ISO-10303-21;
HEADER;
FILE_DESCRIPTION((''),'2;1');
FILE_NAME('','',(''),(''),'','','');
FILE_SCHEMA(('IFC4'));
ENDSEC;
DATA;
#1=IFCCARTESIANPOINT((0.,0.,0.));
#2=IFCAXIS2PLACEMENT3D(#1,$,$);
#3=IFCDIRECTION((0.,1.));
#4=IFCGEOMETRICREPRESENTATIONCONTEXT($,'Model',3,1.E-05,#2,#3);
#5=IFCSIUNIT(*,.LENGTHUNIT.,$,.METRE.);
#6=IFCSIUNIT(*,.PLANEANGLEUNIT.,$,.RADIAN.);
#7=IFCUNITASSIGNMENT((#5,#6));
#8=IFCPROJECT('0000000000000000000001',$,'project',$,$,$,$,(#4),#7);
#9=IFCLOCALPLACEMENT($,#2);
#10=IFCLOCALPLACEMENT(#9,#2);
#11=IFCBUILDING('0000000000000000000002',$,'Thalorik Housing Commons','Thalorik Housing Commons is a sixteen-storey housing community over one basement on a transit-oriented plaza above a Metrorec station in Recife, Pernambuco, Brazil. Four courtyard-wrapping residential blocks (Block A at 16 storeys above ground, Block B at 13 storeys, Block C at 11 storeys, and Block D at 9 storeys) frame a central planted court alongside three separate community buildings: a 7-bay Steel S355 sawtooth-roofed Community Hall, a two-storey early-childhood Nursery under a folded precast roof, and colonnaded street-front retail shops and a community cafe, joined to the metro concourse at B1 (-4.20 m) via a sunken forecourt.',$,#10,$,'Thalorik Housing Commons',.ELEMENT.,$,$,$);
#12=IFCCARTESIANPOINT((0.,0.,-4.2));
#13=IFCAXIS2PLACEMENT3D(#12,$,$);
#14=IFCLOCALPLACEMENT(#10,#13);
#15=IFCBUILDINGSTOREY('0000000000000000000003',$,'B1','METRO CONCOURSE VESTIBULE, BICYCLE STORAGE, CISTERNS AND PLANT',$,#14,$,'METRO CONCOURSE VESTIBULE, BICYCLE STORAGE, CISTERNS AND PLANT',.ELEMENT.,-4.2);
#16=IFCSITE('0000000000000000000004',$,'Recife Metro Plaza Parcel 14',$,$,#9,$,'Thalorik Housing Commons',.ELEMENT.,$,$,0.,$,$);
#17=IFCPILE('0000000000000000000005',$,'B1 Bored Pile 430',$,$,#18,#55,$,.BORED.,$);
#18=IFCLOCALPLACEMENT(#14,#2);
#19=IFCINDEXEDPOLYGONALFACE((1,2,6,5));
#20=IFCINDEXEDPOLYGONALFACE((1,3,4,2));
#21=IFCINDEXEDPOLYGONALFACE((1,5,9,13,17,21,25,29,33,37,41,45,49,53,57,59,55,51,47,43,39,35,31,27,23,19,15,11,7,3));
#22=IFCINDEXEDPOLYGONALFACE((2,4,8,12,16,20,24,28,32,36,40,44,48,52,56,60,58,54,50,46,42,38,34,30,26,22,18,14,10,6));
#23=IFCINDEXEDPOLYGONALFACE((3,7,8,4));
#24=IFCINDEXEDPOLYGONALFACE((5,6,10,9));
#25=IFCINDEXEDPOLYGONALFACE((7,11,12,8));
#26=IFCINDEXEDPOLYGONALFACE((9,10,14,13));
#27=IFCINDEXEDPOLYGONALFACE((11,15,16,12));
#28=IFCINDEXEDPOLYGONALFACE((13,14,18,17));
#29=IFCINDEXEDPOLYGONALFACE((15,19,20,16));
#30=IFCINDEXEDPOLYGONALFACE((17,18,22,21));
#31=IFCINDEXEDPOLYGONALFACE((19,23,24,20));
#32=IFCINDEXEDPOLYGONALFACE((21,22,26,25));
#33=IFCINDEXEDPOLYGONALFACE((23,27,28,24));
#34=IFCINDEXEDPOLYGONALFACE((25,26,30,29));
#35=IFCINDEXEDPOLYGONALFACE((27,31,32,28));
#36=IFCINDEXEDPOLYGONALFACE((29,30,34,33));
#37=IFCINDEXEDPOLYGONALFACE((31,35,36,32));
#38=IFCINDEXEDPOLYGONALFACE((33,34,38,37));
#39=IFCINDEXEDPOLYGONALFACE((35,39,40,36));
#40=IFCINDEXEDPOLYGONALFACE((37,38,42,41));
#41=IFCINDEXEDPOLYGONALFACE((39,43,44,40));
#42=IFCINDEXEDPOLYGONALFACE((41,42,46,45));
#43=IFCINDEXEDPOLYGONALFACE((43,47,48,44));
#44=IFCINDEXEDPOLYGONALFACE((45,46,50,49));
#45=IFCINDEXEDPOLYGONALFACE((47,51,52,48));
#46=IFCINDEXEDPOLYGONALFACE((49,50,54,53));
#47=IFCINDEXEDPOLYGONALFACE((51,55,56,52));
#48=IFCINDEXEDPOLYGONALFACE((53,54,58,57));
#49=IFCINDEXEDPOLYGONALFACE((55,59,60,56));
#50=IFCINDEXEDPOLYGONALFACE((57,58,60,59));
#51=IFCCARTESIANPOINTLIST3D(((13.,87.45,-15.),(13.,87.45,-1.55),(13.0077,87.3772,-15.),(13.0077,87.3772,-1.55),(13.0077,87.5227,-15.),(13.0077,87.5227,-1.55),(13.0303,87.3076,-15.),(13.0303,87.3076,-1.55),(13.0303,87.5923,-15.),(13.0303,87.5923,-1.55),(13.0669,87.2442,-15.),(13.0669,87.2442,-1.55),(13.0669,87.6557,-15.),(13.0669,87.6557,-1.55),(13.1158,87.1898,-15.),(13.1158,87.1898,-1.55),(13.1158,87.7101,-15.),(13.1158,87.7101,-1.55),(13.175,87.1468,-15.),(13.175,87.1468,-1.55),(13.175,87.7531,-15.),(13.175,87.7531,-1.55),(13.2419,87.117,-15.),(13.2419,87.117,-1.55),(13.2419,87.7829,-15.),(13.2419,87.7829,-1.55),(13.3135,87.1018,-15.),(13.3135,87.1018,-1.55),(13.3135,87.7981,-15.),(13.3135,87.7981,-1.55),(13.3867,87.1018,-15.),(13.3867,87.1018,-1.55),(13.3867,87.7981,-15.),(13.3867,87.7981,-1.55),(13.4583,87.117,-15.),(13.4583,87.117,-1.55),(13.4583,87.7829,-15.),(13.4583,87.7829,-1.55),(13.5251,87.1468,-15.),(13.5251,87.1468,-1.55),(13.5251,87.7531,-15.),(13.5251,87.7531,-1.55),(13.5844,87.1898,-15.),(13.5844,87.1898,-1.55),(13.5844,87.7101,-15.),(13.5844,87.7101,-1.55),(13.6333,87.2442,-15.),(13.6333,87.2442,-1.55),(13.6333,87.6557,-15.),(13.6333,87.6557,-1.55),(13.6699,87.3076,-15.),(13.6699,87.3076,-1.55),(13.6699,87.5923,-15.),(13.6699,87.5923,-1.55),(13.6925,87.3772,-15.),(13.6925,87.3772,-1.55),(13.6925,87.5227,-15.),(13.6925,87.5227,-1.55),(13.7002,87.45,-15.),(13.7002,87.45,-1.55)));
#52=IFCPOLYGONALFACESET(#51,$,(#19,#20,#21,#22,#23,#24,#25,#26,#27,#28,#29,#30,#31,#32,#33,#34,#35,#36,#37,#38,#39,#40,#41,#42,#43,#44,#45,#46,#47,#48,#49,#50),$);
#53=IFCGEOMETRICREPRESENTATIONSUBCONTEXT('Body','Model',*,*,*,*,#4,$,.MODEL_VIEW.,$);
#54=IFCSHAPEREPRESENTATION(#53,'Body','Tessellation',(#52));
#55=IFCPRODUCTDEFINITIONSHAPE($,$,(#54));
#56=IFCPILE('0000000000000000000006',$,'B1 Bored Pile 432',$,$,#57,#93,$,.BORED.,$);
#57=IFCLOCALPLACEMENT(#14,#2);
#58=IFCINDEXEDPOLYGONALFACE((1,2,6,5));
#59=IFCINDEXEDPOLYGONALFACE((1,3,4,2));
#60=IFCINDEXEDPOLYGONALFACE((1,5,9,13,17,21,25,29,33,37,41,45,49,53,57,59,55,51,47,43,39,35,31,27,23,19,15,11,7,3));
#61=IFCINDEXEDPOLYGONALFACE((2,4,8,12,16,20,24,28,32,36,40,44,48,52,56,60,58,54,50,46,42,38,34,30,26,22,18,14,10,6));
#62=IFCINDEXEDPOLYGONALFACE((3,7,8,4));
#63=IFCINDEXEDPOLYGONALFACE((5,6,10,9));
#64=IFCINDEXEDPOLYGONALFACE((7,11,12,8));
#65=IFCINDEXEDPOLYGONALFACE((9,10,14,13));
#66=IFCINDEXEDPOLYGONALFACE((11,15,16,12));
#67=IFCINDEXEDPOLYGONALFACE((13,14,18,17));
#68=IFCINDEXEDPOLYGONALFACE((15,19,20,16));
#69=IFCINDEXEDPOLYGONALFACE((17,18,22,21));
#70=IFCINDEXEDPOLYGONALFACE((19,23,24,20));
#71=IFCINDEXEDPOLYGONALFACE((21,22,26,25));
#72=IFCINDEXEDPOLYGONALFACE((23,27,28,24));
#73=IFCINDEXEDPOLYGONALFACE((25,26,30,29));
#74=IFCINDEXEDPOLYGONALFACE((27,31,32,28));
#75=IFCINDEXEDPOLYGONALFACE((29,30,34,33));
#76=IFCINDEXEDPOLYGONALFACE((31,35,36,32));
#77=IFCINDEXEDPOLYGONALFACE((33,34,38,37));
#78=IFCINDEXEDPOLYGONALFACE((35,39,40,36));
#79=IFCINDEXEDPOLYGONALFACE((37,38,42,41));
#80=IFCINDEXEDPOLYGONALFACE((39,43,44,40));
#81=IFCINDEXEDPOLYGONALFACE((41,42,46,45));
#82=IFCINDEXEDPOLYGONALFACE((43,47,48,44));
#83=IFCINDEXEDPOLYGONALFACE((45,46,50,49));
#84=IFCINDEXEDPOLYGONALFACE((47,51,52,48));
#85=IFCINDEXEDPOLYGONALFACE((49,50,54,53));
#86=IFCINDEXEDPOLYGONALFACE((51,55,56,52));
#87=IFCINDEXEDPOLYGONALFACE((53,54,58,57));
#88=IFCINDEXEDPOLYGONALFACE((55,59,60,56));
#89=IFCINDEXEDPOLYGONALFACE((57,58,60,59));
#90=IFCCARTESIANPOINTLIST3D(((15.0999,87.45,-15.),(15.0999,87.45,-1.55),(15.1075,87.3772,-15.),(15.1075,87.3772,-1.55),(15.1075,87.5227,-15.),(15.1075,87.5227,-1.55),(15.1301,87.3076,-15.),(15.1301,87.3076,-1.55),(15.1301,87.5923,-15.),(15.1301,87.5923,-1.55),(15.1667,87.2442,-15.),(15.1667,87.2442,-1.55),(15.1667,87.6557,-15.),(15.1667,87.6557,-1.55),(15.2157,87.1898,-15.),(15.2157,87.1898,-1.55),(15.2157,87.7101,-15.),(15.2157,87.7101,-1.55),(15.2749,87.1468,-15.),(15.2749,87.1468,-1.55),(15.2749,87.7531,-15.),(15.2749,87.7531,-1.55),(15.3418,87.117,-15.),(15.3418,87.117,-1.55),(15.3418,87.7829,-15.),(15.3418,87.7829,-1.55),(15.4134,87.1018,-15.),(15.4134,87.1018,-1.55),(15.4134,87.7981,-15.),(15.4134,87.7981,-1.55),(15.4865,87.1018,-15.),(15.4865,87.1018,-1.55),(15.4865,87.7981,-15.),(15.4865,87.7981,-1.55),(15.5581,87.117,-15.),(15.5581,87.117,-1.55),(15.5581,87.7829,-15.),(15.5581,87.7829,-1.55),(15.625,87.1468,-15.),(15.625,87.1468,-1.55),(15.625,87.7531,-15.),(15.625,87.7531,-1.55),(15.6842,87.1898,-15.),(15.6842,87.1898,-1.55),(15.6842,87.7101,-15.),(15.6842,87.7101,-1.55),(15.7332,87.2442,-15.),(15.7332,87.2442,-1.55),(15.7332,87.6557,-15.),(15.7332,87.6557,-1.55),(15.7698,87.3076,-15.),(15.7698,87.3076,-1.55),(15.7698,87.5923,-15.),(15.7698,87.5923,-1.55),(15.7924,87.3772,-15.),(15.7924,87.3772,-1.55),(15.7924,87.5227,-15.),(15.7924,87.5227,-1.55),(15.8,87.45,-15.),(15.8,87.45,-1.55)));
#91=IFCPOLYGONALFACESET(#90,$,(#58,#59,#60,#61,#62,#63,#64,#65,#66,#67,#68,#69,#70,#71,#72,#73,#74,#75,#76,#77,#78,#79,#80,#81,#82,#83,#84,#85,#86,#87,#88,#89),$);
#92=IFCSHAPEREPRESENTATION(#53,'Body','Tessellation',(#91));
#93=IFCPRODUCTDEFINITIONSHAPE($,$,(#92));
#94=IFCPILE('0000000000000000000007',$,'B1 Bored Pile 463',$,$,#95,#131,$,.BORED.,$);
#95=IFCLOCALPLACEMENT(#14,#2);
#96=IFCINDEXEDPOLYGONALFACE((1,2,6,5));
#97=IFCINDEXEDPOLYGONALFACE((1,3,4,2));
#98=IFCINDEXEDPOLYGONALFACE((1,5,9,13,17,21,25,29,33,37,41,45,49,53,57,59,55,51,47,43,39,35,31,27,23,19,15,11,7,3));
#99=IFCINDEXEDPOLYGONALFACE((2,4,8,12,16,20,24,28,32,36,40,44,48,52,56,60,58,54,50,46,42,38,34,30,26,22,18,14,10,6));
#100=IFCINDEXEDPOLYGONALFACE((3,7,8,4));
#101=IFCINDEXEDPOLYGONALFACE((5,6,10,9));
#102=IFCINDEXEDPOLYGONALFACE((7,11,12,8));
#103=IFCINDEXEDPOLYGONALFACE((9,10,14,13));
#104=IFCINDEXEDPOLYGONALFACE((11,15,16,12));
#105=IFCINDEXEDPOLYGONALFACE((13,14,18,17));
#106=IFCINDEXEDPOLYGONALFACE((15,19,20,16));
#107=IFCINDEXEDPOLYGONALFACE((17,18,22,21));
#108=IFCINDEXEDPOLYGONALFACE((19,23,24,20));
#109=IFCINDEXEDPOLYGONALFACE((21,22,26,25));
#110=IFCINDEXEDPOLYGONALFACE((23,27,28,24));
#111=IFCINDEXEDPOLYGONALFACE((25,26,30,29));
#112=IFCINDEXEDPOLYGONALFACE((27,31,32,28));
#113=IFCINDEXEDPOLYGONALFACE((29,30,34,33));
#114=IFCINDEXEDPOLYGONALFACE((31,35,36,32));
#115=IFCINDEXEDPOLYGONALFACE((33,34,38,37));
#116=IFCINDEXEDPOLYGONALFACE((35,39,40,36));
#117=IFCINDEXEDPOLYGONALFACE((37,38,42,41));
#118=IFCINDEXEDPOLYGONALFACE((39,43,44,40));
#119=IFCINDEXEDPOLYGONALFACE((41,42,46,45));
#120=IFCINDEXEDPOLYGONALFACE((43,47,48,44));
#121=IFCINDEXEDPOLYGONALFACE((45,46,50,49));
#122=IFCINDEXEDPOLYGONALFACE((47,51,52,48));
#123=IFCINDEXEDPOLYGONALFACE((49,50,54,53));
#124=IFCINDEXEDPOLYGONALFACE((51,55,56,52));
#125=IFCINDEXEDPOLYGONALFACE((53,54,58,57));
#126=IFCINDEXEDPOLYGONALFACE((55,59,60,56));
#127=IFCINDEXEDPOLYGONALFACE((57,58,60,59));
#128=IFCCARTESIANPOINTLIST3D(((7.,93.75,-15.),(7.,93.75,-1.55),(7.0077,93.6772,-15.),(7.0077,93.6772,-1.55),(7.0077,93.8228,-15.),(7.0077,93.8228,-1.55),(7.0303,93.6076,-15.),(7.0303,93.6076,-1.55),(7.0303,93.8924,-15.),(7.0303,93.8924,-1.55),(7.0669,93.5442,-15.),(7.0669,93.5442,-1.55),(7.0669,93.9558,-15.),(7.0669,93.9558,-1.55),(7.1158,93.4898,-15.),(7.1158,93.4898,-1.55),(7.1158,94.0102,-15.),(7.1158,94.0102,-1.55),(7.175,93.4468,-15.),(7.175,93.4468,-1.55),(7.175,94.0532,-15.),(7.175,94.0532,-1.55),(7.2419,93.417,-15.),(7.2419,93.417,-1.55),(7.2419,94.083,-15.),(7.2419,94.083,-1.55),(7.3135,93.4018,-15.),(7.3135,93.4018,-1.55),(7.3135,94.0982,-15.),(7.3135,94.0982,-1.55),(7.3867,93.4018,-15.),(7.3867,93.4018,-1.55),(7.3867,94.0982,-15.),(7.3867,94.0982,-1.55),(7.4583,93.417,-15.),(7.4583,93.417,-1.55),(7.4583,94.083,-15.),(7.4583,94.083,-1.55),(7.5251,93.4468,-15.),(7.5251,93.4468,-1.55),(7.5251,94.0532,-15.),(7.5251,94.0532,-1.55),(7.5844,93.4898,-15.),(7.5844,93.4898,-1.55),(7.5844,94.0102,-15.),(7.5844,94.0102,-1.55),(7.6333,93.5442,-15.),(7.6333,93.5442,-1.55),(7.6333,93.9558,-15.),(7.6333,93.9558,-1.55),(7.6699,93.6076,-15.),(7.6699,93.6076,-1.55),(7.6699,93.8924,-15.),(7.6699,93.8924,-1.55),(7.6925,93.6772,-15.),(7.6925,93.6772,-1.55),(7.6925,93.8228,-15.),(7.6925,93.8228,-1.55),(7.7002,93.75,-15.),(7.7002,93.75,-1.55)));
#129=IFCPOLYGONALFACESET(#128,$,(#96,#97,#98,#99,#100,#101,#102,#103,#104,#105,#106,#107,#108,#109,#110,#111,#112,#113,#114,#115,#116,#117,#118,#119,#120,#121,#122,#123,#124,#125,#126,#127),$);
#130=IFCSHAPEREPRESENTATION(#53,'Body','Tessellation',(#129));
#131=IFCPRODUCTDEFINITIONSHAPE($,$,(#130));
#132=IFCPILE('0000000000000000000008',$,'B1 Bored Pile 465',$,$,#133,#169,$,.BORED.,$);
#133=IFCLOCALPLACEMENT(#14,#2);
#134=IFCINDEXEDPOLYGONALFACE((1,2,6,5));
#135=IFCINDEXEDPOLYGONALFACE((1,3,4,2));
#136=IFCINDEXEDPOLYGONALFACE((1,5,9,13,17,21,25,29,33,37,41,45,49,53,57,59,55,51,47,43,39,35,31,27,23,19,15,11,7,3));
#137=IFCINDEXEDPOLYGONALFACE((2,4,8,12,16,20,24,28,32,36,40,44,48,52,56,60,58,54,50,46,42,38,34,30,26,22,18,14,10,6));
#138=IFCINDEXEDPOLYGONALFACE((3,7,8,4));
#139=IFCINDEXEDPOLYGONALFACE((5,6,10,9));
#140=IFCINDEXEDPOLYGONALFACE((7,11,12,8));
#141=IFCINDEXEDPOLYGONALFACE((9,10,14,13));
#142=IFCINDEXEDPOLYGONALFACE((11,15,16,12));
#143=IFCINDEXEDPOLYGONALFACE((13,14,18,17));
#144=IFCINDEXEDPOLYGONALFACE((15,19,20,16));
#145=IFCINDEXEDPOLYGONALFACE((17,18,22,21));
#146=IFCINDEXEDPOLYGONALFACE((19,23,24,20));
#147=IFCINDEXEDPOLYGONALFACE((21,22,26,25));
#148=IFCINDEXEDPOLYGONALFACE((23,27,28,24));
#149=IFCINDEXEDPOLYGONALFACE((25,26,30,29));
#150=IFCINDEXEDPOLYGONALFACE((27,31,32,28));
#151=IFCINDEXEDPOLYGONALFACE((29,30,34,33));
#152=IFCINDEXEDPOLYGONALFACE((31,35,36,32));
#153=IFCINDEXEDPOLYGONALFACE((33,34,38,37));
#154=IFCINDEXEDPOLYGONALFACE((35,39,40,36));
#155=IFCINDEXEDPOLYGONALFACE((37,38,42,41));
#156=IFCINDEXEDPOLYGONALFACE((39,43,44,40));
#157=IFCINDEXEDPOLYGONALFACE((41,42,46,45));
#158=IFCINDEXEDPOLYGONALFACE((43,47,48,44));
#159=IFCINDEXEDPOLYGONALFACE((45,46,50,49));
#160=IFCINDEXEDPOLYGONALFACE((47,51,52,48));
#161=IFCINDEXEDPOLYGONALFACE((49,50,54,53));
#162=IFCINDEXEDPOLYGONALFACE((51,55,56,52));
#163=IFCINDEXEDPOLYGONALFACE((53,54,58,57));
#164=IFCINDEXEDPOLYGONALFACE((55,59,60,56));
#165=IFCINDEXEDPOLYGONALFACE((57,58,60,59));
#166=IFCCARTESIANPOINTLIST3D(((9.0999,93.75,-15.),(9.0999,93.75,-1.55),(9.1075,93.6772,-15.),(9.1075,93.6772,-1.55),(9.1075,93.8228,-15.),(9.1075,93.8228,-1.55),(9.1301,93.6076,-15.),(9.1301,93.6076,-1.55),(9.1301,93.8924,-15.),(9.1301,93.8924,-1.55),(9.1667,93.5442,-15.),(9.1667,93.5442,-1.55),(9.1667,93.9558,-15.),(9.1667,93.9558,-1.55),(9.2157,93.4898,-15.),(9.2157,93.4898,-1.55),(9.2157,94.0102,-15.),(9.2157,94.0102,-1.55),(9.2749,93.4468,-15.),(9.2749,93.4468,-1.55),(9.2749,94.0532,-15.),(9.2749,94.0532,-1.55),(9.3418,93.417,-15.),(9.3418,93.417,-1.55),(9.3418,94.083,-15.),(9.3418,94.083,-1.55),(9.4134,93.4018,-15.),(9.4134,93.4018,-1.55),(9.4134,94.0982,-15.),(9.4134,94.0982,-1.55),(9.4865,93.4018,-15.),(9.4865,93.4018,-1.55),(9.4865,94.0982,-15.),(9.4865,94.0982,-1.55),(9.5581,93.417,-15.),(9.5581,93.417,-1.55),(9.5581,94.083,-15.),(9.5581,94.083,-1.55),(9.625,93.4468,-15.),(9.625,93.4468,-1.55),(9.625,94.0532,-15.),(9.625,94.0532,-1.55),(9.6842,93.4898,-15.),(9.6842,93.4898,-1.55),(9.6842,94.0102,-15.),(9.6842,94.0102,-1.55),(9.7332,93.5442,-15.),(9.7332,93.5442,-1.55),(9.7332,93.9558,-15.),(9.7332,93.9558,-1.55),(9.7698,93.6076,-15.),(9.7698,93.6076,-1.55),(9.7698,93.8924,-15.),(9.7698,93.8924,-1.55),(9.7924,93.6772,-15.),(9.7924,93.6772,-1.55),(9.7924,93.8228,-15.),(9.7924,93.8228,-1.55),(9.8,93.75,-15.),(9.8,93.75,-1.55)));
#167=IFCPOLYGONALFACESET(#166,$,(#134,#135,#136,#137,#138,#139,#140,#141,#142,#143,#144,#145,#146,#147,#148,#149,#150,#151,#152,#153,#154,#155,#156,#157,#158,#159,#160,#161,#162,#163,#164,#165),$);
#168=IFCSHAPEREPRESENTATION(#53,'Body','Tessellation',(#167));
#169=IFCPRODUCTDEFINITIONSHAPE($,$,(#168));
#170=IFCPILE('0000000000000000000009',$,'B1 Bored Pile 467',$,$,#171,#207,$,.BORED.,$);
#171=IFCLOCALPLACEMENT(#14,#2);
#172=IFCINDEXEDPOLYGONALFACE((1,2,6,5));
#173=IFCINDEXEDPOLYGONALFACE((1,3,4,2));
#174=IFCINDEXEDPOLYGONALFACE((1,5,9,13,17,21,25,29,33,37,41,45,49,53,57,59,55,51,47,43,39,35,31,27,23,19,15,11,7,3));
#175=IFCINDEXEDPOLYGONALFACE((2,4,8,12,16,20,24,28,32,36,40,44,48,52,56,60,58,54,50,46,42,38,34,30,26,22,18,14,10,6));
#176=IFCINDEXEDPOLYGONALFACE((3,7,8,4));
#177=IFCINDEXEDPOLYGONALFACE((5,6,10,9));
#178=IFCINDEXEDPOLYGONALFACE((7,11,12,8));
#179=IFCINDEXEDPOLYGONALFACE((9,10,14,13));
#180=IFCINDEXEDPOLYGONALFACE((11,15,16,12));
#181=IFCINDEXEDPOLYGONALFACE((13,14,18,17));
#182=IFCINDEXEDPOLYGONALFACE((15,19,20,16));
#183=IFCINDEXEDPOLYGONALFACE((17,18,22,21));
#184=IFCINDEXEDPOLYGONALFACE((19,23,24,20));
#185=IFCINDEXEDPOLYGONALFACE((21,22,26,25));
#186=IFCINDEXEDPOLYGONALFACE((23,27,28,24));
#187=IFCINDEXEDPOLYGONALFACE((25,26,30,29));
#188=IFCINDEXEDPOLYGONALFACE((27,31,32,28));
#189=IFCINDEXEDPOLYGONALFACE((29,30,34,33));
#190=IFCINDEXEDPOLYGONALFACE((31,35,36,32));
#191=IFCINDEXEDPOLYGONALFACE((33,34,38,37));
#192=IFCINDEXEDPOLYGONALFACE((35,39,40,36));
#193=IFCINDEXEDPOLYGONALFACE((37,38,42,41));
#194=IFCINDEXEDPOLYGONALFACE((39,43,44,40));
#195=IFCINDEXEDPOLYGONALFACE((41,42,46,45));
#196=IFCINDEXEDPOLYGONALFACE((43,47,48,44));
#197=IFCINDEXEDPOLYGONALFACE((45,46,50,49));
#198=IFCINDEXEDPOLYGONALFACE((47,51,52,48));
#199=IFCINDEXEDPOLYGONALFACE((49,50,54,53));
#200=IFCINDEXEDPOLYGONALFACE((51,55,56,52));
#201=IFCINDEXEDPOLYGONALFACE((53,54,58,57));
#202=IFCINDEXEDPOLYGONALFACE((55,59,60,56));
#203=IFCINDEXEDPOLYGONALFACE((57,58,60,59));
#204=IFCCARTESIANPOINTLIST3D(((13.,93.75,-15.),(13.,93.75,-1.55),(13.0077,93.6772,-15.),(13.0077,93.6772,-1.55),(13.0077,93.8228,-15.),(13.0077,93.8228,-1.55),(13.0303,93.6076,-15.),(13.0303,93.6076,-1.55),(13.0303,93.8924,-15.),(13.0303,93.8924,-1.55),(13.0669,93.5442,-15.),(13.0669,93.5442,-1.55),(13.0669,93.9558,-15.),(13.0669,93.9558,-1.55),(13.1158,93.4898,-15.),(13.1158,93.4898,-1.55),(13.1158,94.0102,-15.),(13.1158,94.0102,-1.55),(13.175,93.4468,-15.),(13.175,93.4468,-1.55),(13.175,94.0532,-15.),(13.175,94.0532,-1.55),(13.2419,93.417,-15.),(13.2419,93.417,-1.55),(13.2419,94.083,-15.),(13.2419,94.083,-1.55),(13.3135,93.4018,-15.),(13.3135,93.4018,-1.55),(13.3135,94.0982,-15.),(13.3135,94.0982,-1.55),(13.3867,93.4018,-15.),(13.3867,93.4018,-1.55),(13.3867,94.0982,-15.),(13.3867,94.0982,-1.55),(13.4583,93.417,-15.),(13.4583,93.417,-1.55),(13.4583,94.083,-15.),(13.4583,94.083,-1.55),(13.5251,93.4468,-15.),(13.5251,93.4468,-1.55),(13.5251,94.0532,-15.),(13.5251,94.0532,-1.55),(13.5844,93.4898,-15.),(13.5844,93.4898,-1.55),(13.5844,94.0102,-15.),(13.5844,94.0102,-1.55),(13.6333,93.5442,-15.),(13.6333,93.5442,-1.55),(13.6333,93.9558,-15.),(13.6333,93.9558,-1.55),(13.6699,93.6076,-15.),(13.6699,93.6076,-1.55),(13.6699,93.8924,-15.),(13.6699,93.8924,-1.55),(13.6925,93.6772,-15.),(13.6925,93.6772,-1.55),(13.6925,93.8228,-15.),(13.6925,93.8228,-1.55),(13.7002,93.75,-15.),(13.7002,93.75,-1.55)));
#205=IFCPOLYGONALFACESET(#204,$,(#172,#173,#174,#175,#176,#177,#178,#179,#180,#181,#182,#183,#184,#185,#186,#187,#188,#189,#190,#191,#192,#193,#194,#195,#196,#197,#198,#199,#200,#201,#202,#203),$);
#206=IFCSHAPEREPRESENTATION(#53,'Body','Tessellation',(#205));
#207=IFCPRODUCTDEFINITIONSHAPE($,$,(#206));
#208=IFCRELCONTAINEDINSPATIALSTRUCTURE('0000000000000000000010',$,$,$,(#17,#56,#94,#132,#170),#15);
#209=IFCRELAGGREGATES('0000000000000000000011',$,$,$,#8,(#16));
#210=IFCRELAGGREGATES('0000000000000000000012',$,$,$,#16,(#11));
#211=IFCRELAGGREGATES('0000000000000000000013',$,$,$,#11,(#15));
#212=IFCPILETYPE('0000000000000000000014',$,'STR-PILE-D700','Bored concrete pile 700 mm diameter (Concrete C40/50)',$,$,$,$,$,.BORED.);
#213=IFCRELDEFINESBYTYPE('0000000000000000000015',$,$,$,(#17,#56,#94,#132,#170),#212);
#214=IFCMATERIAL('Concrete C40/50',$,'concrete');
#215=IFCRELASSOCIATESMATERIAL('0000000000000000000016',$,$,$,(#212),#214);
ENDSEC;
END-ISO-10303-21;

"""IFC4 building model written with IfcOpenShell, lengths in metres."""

from ifc_helpers import new_model, si_unit, direction, frame, origin, origin_2d, place, context, subcontext, project, spatial, circle, extrude, material, material_profile, profile_set, type_object, element, save


model = new_model("IFC4")

# Units and contexts
model_context = context("Model", 3, precision=1e-05, world=origin(), true_north=direction((0.0, 1.0)))
body_context = subcontext(model_context, "Body", "Model", "MODEL_VIEW")
ifc_project = project(units=[si_unit("LENGTHUNIT", "METRE"), si_unit("PLANEANGLEUNIT", "RADIAN")], contexts=[model_context])

# Site, building, storey
site_placement = place(None, origin())
site = spatial("IfcSite", under=ifc_project, at=site_placement, Name="Recife Metro Plaza Parcel 14", LongName="Thalorik Housing Commons", CompositionType="ELEMENT", RefElevation=0.0)
building_placement = place(site_placement, origin())
building = spatial("IfcBuilding", under=site, at=building_placement, Name="Thalorik Housing Commons", Description="Thalorik Housing Commons is a sixteen-storey housing community over one basement on a transit-oriented plaza above a Metrorec station in Recife, Pernambuco, Brazil. Four courtyard-wrapping residential blocks (Block A at 16 storeys above ground, Block B at 13 storeys, Block C at 11 storeys, and Block D at 9 storeys) frame a central planted court alongside three separate community buildings: a 7-bay Steel S355 sawtooth-roofed Community Hall, a two-storey early-childhood Nursery under a folded precast roof, and colonnaded street-front retail shops and a community cafe, joined to the metro concourse at B1 (-4.20 m) via a sunken forecourt.", LongName="Thalorik Housing Commons", CompositionType="ELEMENT")
storey_placement = place(building_placement, frame((0.0, 0.0, -4.2)))
storey = spatial("IfcBuildingStorey", under=building, at=storey_placement, Name="B1", Description="METRO CONCOURSE VESTIBULE, BICYCLE STORAGE, CISTERNS AND PLANT", LongName="METRO CONCOURSE VESTIBULE, BICYCLE STORAGE, CISTERNS AND PLANT", CompositionType="ELEMENT", Elevation=-4.2)

# Shared definitions
ifc_material_1 = material(Name="Concrete C40/50", Category="concrete")

# Piles
ifc_material_profile_1 = material_profile(ifc_material_1, circle(Radius=0.3501, at=origin_2d()), Name="BORED PILE D700", Category="concrete")
ifc_profile_set_1 = profile_set([ifc_material_profile_1], Name="Concrete C40/50")
pile_type = type_object("IfcPileType", Name="STR-PILE-D700", Description="Bored concrete pile 700 mm diameter (Concrete C40/50)", PredefinedType="BORED", material=ifc_profile_set_1)
for number, where, z_axis, x_axis, name in (
    (1, (13.3501, 87.45, -1.55), (0.0, 0.0, -1.0), (1.0, 0.0, 0.0), "B1 Bored Pile 430"),
    (2, (15.45, 87.45, -1.55), (0.0, 0.0, -1.0), (1.0, 0.0, 0.0), "B1 Bored Pile 432"),
    (3, (7.3501, 93.75, -1.55), (0.0, 0.0, -1.0), (1.0, 0.0, 0.0), "B1 Bored Pile 463"),
    (4, (9.45, 93.75, -1.55), (0.0, 0.0, -1.0), (1.0, 0.0, 0.0), "B1 Bored Pile 465"),
    (5, (13.3501, 93.75, -1.55), (0.0, 0.0, -1.0), (1.0, 0.0, 0.0), "B1 Bored Pile 467"),
):
    element("IfcPile", number, at=place(storey_placement, frame(where, z_axis=z_axis, x_axis=x_axis)), inside=storey, type_object=pile_type, Name=name, PredefinedType="BORED", context=body_context, shape_type="SweptSolid", body=[
        extrude(circle(Radius=0.3501, at=origin_2d()), origin(), (0.0, 0.0, 1.0), 13.45),
    ])

save(model, "model.ifc")
